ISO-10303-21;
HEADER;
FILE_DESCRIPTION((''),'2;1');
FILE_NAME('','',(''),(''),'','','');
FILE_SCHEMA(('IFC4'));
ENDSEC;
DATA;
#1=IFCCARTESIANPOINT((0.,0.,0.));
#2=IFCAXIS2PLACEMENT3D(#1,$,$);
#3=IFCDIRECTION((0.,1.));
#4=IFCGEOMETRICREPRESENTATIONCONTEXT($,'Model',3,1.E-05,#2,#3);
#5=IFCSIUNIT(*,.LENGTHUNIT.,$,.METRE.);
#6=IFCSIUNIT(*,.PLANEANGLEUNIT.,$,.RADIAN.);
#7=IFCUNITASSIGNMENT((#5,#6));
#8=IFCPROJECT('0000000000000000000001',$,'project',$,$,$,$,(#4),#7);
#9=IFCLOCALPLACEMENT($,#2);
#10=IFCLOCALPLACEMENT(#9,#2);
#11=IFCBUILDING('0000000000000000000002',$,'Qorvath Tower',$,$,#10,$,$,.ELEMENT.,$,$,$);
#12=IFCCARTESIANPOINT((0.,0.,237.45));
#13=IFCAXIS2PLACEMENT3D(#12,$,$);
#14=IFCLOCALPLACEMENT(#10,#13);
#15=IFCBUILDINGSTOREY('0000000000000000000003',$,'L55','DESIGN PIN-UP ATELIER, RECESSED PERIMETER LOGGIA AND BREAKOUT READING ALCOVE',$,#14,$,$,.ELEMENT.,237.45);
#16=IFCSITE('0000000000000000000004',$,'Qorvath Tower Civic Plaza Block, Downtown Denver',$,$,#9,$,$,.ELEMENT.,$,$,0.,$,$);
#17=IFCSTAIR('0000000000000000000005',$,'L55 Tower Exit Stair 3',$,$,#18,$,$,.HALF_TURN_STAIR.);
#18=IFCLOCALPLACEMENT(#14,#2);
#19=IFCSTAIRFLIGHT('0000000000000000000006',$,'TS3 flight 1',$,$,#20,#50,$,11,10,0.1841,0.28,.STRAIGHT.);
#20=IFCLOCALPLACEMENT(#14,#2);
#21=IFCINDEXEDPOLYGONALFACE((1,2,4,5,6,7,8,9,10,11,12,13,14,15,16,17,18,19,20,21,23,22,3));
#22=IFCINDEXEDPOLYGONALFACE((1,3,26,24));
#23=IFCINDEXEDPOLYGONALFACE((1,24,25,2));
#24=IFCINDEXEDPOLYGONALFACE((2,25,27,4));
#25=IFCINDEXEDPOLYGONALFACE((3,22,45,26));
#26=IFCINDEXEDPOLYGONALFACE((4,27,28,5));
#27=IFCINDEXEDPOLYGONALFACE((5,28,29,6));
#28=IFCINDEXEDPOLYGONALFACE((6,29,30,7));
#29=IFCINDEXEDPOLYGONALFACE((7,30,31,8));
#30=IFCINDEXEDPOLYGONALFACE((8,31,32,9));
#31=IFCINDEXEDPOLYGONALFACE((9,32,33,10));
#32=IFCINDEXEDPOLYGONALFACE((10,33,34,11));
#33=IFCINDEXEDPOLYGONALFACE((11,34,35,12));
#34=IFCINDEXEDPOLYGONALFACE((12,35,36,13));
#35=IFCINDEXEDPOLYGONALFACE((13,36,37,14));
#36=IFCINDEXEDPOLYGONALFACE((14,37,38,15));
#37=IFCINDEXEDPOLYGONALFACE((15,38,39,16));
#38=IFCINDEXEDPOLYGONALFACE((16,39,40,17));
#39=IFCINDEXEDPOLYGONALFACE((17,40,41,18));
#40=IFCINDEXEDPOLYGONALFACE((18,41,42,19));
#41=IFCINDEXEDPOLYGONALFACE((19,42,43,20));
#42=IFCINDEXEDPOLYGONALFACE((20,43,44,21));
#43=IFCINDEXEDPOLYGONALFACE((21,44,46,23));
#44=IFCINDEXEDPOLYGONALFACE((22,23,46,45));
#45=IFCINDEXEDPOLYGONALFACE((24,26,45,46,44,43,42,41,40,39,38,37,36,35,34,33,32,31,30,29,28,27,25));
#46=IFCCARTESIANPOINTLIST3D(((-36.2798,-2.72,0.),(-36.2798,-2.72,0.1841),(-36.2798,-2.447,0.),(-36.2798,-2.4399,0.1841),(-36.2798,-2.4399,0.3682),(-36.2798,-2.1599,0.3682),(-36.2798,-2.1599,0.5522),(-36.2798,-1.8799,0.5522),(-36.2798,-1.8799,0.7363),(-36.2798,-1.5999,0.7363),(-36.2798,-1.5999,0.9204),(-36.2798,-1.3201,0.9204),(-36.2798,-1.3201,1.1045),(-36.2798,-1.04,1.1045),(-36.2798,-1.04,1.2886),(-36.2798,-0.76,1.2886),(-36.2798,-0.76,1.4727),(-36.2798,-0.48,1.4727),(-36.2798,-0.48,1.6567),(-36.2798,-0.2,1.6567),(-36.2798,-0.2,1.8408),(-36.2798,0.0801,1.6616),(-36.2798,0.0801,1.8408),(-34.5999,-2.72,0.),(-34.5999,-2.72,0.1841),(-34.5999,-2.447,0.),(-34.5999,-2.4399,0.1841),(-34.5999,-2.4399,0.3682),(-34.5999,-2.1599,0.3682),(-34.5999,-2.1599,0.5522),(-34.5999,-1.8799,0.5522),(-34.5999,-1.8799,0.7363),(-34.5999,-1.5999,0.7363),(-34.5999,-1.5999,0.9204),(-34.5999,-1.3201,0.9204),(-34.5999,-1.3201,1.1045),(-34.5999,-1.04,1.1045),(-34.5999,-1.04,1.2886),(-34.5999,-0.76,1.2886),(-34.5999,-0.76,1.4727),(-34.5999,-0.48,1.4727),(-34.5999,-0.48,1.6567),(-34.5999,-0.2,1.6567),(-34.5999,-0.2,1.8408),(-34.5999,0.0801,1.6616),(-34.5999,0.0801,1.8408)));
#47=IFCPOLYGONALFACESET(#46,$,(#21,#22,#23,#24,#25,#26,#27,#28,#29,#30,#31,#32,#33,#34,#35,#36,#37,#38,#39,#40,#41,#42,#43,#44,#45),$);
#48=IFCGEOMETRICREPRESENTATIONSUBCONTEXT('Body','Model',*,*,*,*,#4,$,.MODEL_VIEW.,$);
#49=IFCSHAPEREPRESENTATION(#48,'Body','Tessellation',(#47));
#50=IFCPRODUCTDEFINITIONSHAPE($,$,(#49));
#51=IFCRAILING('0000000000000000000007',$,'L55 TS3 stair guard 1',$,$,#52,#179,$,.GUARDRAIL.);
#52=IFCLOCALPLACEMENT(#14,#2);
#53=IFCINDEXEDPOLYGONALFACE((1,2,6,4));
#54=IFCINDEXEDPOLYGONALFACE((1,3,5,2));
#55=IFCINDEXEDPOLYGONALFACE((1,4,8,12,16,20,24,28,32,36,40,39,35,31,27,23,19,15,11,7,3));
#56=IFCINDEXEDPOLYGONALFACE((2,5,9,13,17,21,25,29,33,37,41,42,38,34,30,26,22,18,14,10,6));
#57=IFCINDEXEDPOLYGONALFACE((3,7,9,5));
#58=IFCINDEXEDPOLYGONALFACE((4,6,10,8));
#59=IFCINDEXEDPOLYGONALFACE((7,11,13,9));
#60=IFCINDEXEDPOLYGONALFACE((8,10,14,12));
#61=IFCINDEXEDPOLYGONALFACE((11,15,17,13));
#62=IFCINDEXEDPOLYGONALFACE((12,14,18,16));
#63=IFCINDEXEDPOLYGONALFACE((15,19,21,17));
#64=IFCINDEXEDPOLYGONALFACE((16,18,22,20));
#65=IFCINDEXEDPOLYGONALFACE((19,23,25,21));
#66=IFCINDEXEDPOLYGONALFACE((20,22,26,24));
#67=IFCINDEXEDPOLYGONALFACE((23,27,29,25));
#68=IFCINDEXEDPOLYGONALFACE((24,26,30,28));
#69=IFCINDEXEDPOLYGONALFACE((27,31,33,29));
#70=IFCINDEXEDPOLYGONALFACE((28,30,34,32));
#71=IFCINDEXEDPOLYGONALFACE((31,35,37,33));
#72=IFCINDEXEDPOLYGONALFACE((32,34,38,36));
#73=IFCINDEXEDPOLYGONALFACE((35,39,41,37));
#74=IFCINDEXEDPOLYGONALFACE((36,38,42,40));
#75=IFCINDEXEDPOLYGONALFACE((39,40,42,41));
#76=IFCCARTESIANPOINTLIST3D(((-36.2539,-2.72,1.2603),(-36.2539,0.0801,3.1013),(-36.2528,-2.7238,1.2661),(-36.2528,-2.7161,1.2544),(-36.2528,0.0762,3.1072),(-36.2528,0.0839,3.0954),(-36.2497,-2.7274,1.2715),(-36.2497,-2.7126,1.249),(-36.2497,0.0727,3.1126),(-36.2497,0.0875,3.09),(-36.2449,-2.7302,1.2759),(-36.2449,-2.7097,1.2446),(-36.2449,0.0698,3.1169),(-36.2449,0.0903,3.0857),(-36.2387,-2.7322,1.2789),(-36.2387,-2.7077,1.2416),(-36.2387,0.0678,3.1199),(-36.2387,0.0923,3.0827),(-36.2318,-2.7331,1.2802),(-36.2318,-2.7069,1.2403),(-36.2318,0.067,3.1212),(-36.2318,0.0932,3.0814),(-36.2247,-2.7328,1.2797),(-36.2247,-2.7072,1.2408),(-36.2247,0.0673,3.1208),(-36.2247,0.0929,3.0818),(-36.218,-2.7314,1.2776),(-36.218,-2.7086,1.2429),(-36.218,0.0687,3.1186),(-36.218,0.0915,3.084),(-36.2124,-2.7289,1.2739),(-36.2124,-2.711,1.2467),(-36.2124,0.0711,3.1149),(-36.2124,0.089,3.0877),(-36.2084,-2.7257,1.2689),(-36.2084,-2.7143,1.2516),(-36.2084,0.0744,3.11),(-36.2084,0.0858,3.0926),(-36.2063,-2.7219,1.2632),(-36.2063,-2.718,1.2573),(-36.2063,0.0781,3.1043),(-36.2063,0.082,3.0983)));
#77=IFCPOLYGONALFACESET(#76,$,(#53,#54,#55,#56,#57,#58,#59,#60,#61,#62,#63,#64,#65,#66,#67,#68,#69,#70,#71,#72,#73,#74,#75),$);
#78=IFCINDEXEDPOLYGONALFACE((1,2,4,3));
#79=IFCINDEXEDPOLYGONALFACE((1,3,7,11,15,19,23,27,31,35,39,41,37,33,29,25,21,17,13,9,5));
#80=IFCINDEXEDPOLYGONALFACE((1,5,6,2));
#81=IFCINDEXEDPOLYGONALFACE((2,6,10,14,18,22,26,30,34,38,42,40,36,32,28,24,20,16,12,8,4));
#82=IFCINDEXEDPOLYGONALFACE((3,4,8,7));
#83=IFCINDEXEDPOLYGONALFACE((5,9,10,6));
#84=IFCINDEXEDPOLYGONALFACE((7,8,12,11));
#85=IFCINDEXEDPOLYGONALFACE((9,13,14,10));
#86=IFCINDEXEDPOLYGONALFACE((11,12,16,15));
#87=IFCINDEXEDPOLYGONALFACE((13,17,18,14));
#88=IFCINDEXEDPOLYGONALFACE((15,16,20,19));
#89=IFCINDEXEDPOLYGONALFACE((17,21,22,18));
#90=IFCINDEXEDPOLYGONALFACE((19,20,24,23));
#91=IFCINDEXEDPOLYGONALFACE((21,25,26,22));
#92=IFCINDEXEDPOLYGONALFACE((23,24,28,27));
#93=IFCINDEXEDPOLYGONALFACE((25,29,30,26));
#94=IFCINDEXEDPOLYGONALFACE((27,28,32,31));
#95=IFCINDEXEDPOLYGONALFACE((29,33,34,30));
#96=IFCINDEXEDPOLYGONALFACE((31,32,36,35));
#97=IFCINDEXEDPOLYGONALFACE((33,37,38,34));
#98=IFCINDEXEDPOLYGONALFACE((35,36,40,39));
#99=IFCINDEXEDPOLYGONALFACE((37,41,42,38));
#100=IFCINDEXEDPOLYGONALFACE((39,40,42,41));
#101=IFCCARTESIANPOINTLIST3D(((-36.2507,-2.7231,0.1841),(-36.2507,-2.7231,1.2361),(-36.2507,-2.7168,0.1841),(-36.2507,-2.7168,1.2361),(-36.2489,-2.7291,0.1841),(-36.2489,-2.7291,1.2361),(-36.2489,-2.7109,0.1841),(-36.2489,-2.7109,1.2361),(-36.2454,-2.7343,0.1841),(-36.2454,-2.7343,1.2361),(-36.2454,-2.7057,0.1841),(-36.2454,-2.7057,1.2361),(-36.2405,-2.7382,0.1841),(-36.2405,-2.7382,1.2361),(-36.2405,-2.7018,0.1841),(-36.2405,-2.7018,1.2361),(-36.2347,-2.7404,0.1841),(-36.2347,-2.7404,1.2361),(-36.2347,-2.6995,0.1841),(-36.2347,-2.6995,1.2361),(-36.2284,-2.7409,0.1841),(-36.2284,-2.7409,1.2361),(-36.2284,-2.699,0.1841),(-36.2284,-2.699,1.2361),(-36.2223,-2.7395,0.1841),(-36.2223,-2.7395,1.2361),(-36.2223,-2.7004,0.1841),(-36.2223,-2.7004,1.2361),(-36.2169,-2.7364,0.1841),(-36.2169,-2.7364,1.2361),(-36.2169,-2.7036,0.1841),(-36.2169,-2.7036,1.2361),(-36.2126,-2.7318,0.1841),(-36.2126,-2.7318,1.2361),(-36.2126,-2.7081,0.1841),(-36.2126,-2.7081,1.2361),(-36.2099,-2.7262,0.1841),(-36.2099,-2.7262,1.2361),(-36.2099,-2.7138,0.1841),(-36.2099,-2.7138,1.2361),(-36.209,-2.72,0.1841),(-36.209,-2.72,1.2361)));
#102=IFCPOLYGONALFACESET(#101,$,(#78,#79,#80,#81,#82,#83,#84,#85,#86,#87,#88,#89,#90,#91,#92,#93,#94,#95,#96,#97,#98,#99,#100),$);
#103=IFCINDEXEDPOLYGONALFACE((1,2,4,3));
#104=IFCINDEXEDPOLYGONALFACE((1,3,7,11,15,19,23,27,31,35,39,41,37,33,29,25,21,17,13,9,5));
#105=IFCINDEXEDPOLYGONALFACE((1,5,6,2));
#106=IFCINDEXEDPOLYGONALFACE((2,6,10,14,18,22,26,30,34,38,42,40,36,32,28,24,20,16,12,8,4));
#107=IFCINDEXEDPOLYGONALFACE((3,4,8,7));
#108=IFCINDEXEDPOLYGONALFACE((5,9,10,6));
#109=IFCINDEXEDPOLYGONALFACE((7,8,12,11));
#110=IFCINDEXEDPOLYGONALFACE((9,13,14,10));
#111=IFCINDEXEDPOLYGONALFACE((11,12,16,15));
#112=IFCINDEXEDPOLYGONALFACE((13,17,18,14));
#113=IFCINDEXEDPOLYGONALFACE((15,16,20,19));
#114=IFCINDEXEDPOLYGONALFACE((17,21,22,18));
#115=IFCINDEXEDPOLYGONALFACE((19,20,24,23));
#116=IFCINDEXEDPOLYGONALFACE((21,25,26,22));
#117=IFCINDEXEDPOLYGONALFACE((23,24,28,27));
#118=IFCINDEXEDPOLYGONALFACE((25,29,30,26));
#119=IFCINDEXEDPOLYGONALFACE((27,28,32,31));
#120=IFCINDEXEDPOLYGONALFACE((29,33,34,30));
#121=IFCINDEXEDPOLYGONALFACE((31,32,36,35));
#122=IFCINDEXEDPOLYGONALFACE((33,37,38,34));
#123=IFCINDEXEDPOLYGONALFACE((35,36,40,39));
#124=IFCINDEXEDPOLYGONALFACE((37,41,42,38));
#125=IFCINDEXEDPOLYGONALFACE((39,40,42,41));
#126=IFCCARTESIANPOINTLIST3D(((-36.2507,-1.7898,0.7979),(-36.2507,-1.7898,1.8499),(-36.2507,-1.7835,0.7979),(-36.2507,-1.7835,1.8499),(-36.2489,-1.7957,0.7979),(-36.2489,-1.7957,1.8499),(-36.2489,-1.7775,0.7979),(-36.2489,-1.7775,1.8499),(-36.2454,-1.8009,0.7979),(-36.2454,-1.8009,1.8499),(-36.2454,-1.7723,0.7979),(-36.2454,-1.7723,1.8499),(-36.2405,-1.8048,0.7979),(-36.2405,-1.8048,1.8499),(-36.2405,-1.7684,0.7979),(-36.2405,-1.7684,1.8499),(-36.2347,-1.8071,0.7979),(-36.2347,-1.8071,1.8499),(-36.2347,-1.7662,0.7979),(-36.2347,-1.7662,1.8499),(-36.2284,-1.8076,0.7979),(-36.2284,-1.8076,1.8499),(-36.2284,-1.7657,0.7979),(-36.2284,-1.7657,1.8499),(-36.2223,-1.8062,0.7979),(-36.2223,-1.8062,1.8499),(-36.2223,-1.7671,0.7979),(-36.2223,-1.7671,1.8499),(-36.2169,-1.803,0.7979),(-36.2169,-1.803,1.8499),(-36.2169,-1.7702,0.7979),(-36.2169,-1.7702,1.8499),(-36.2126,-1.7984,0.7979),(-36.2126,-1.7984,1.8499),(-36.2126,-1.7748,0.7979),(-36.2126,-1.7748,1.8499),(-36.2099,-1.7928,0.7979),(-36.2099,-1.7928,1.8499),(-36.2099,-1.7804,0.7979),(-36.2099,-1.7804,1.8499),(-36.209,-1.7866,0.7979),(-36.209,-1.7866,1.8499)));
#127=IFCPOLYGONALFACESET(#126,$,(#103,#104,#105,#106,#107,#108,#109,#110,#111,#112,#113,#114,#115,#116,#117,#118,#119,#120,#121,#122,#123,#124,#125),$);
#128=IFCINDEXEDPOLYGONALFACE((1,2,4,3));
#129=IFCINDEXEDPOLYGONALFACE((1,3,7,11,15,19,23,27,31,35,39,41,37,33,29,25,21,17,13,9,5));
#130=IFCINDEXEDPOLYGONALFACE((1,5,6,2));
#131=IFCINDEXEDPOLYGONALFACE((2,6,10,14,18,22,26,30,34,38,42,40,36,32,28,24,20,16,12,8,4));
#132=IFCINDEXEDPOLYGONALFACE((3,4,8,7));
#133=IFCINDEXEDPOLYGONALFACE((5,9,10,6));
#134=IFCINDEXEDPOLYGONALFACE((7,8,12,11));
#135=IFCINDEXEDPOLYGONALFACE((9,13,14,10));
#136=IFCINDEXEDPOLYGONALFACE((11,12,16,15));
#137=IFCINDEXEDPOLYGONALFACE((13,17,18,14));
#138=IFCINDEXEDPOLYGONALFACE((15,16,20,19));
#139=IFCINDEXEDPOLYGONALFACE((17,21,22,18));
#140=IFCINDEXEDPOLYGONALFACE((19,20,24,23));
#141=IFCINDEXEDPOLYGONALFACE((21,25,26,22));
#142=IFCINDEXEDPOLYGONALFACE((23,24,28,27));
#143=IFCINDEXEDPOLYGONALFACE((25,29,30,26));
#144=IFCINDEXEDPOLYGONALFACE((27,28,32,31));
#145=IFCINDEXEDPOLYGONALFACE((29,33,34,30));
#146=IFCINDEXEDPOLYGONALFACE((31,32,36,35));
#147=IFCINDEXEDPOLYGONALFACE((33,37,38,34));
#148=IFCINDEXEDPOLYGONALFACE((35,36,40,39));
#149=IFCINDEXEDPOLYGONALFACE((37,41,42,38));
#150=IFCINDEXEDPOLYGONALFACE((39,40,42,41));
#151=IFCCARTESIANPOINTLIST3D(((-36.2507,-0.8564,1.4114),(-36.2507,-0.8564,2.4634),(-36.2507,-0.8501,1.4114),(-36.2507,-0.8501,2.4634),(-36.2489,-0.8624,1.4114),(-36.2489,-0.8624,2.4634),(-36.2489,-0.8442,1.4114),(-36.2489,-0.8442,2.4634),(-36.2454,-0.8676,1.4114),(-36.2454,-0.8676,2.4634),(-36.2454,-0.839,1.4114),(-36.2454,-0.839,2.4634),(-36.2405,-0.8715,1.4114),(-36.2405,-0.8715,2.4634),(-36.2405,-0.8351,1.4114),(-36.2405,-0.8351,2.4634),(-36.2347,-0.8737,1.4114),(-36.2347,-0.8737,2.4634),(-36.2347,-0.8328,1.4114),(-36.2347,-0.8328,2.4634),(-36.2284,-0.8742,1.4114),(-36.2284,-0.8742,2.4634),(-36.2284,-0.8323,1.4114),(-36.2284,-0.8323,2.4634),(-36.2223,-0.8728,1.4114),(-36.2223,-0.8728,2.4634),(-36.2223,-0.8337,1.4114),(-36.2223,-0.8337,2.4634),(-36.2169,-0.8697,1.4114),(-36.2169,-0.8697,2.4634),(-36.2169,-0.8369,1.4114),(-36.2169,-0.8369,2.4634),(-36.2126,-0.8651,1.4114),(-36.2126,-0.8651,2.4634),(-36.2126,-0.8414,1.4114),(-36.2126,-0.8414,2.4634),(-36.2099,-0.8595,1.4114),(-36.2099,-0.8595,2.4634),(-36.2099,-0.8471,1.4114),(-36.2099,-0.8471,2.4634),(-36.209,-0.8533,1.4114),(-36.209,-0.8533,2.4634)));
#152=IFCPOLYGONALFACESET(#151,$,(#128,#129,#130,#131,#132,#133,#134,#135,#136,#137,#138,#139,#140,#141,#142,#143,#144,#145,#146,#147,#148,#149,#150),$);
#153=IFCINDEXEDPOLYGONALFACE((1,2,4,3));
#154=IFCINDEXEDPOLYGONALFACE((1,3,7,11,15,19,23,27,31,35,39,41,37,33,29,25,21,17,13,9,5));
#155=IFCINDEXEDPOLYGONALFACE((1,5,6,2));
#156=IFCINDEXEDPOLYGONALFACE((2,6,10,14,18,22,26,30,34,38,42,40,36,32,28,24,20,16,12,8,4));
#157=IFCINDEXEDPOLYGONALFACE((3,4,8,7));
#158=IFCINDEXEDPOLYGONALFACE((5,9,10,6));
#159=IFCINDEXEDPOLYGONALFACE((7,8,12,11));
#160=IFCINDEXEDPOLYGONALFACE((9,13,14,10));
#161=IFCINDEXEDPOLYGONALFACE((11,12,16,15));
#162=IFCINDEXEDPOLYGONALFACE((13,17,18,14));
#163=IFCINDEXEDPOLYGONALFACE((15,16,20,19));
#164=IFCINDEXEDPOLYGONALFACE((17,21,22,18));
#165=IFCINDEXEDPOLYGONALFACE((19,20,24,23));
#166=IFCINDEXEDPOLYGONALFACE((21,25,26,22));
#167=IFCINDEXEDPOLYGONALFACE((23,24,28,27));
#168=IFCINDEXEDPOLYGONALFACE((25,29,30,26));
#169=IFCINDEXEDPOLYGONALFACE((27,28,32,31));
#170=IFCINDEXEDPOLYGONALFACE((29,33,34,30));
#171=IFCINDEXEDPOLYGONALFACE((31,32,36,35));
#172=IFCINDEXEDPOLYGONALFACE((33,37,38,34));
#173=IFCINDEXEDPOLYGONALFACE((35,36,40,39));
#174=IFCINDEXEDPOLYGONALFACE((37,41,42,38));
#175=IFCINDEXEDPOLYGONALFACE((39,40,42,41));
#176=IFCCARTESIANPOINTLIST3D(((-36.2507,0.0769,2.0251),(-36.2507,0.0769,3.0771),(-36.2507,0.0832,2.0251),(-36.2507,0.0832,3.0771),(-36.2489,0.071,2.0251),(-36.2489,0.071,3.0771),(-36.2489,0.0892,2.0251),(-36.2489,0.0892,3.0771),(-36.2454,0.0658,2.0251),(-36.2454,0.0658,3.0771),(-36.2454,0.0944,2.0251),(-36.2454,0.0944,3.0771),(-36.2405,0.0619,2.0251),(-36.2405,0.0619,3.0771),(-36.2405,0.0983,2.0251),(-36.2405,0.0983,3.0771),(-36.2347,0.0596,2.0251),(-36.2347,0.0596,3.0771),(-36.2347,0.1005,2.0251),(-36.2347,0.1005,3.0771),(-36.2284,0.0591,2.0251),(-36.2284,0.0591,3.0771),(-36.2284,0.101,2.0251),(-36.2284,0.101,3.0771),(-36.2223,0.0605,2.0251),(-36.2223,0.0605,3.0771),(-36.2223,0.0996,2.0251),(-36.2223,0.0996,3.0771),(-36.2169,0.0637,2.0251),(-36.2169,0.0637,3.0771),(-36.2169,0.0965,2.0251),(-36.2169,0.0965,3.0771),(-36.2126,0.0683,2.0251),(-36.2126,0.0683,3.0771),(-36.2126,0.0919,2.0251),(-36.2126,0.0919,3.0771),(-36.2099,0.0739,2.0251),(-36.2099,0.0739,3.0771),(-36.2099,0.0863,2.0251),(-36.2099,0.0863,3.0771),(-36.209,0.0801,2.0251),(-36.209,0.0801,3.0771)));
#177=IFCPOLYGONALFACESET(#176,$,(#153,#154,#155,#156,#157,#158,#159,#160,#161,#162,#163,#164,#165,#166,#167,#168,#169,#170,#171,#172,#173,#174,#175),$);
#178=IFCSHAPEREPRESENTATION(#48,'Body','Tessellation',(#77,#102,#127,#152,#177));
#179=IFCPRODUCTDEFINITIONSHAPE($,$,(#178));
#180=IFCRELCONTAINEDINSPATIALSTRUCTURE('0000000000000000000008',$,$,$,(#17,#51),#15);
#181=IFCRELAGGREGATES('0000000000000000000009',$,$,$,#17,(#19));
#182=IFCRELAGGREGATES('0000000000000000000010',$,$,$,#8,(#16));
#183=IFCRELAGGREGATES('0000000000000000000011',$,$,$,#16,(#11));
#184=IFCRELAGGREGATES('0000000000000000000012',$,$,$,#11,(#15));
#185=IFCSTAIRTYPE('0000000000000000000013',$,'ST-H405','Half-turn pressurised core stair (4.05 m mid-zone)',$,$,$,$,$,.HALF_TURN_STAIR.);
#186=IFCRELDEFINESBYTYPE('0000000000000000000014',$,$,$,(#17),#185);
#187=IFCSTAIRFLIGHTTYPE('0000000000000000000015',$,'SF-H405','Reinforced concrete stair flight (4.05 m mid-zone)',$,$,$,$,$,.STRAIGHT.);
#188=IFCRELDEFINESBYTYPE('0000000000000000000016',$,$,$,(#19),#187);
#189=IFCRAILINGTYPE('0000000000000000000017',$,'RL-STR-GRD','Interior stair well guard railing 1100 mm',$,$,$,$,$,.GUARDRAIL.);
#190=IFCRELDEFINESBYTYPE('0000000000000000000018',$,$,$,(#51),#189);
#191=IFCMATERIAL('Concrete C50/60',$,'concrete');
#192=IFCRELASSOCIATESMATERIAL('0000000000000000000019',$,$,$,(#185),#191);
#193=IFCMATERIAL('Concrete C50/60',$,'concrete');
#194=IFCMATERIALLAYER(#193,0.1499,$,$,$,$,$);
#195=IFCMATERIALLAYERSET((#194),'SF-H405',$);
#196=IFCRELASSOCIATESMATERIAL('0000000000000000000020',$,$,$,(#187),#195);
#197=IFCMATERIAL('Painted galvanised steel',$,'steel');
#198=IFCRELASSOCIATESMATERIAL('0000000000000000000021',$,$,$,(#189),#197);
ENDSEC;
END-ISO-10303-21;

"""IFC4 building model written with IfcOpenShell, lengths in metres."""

from ifc_helpers import new_model, si_unit, direction, frame, origin, origin_2d, place, context, subcontext, project, spatial, polyline, circle, outline, extrude, material, layer, layer_set, type_object, element, aggregate, save


model = new_model("IFC4")

# Units and contexts
model_context = context("Model", 3, precision=1e-05, world=origin(), true_north=direction((0.0, 1.0)))
body_context = subcontext(model_context, "Body", "Model", "MODEL_VIEW")
ifc_project = project(units=[si_unit("LENGTHUNIT", "METRE"), si_unit("PLANEANGLEUNIT", "RADIAN")], contexts=[model_context])

# Site, building, storey
site_placement = place(None, origin())
site = spatial("IfcSite", under=ifc_project, at=site_placement, Name="Qorvath Tower Civic Plaza Block, Downtown Denver", CompositionType="ELEMENT", RefElevation=0.0)
building_placement = place(site_placement, origin())
building = spatial("IfcBuilding", under=site, at=building_placement, Name="Qorvath Tower", CompositionType="ELEMENT")
storey_placement = place(building_placement, frame((0.0, 0.0, 237.45)))
storey = spatial("IfcBuildingStorey", under=building, at=storey_placement, Name="L55", Description="DESIGN PIN-UP ATELIER, RECESSED PERIMETER LOGGIA AND BREAKOUT READING ALCOVE", CompositionType="ELEMENT", Elevation=237.45)

# Stair, stair flight
ifc_material_1 = material(Name="Concrete C50/60", Category="concrete")
stair_type = type_object("IfcStairType", Name="ST-H405", Description="Half-turn pressurised core stair (4.05 m mid-zone)", PredefinedType="HALF_TURN_STAIR", material=ifc_material_1)
stair_placement = place(storey_placement, origin())
stair = element("IfcStair", 1, at=stair_placement, inside=storey, type_object=stair_type, Name="L55 Tower Exit Stair 3", PredefinedType="HALF_TURN_STAIR")
ifc_material_2 = material(Name="Concrete C50/60", Category="concrete")
ifc_layer_1 = layer(ifc_material_2, 0.1499)
ifc_layer_set_1 = layer_set([ifc_layer_1], Name="SF-H405")
stair_flight_type = type_object("IfcStairFlightType", Name="SF-H405", Description="Reinforced concrete stair flight (4.05 m mid-zone)", PredefinedType="STRAIGHT", material=ifc_layer_set_1)
stair_flight_placement = place(storey_placement, frame((-35.4399, -2.72, 0.0), z_axis=(0.0, 0.0, 1.0), x_axis=(0.0, 1.0, 0.0)))
stair_flight = element("IfcStairFlight", 2, at=stair_flight_placement, type_object=stair_flight_type, Name="TS3 flight 1", NumberOfRisers=11, NumberOfTreads=10, PredefinedType="STRAIGHT", RiserHeight=0.1841, TreadLength=0.28, context=body_context, shape_type="SweptSolid", body=[
    extrude(outline(polyline([(0.0, 0.0), (0.0, 0.1841), (0.28, 0.1841), (0.28, 0.3682), (0.5601, 0.3682), (0.5601, 0.5522), (0.8401, 0.5522), (0.8401, 0.7363), (1.1201, 0.7363), (1.1201, 0.9204), (1.3999, 0.9204), (1.3999, 1.1045), (1.6799, 1.1045), (1.6799, 1.2886), (1.96, 1.2886), (1.96, 1.4727), (2.24, 1.4727), (2.24, 1.6567), (2.52, 1.6567), (2.52, 1.8408), (2.8, 1.8408), (2.8, 2.0249), (2.8, 1.6616), (0.2729, 0.0), (0.0, 0.0)])), frame((0.0, 0.8398, 0.0), z_axis=(0.0, -1.0, 0.0), x_axis=(1.0, 0.0, 0.0)), (0.0, 0.0, 1.0), 1.6799),
])
aggregate(stair, [stair_flight])

# Railing
ifc_material_3 = material(Name="Painted galvanised steel", Category="steel")
railing_type_1 = type_object("IfcRailingType", Name="RL-STR-GRD", Description="Interior stair well guard railing 1100 mm", PredefinedType="GUARDRAIL", material=ifc_material_3)
railing_1_placement = place(storey_placement, frame((-36.23, -2.72, 0.1841)))
element("IfcRailing", 3, at=railing_1_placement, inside=storey, type_object=railing_type_1, Name="L55 TS3 stair guard 1", PredefinedType="GUARDRAIL", context=body_context, shape_type="SweptSolid", body=[
    extrude(circle(Radius=0.0239, at=origin_2d()), frame((0.0, 0.0, 1.0762), z_axis=(0.0, 0.835564, 0.549393), x_axis=(-1.0, 0.0, 0.0)), (0.0, 0.0, 1.0), 3.3511),
    extrude(circle(Radius=0.021, at=origin_2d()), origin(), (0.0, 0.0, 1.0), 1.052),
    extrude(circle(Radius=0.021, at=origin_2d()), frame((0.0, 0.9333, 0.6138)), (0.0, 0.0, 1.0), 1.052),
    extrude(circle(Radius=0.021, at=origin_2d()), frame((0.0, 1.8667, 1.2273)), (0.0, 0.0, 1.0), 1.052),
    extrude(circle(Radius=0.021, at=origin_2d()), frame((0.0, 2.8, 1.8411)), (0.0, 0.0, 1.0), 1.052),
])

save(model, "model.ifc")
